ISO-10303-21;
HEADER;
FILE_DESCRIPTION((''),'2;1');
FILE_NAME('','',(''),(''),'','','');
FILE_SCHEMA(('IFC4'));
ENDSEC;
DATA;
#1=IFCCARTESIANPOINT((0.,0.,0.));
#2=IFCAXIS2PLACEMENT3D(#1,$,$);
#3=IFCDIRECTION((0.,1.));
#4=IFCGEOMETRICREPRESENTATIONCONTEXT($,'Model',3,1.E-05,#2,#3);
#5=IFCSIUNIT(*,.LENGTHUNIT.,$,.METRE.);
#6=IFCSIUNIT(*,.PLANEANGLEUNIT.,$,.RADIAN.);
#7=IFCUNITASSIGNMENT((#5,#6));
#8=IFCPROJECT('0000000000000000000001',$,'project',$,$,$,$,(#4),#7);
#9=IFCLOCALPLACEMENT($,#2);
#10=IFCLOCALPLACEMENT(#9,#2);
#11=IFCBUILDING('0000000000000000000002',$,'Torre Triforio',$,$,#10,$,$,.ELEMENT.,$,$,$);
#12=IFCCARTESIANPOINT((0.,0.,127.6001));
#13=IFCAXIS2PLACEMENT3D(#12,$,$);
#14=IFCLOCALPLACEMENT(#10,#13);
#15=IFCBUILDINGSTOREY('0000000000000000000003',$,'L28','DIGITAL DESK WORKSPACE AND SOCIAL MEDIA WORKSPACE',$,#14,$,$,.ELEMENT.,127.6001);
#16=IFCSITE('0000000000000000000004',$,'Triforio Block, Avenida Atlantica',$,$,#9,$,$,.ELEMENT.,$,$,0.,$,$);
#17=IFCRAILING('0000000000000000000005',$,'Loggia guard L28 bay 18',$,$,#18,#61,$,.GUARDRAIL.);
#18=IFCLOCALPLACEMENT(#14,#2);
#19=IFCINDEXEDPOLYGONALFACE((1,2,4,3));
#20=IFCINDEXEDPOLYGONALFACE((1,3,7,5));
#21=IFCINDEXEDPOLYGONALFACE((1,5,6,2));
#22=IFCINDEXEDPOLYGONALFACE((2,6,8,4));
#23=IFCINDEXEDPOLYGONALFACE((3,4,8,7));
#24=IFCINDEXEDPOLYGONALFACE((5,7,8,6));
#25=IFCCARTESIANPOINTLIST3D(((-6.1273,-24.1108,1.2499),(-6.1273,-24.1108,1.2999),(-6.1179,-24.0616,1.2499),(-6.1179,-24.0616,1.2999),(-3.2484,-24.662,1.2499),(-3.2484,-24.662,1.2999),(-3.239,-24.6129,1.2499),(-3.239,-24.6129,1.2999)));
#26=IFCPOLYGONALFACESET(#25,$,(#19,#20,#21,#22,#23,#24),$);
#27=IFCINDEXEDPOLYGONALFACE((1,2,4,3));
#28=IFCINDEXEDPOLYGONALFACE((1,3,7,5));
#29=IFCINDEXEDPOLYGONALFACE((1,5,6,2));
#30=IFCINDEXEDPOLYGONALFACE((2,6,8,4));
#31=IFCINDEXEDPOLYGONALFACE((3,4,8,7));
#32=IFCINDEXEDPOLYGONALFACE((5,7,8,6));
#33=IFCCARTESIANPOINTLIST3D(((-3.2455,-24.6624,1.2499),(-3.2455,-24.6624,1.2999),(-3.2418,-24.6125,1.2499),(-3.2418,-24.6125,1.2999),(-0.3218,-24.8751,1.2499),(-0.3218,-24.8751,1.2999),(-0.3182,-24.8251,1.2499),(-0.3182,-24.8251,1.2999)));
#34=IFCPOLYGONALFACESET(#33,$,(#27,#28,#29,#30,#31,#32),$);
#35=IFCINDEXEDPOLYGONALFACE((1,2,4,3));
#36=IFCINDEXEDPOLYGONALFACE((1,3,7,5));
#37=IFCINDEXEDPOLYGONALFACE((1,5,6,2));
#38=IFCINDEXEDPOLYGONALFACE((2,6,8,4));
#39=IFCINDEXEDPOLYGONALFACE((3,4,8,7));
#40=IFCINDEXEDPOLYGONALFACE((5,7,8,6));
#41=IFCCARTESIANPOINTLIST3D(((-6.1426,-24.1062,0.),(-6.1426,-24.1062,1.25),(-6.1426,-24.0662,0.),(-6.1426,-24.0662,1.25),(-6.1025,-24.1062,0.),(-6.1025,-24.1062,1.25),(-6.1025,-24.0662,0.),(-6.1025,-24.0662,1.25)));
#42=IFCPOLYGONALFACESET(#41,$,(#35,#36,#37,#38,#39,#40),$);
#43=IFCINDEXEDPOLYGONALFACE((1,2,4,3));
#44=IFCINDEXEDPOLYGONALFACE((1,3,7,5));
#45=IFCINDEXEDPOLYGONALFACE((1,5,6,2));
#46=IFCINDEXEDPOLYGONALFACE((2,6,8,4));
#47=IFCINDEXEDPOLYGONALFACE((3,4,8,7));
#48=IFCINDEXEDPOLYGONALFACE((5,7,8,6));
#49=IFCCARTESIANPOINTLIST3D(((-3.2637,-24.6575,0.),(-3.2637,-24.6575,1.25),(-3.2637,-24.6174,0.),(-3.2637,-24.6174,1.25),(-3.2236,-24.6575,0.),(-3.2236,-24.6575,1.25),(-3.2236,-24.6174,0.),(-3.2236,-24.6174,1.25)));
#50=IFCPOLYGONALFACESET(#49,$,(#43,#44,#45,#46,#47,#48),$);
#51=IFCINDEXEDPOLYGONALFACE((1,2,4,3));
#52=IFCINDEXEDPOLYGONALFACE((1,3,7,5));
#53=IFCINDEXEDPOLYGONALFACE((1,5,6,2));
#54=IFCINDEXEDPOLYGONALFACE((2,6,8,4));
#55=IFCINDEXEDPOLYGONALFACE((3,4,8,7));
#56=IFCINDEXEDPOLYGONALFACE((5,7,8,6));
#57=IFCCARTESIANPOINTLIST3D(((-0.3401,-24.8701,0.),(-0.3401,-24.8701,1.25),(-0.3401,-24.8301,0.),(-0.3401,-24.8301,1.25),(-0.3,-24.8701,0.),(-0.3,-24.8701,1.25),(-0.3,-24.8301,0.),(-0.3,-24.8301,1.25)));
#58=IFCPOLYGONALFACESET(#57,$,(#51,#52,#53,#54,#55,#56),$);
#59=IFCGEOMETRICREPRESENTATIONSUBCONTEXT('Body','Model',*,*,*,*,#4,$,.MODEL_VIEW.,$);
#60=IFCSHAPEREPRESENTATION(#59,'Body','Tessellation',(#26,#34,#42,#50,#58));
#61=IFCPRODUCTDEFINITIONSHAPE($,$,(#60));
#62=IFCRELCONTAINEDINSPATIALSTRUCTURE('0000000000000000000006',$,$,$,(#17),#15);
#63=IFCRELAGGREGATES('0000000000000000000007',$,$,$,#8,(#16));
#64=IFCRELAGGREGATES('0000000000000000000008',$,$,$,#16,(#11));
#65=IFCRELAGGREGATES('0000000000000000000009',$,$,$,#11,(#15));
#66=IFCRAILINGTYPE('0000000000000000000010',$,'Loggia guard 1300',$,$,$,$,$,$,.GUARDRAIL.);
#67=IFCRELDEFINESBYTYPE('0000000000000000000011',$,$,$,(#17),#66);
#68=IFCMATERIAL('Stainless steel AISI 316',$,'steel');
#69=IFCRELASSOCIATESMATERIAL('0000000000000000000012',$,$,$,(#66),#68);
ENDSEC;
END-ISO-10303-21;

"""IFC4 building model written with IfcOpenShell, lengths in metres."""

from ifc_helpers import new_model, si_unit, direction, frame, origin, origin_2d, place, context, subcontext, project, spatial, rectangle, extrude, material, type_object, element, save


model = new_model("IFC4")

# Units and contexts
model_context = context("Model", 3, precision=1e-05, world=origin(), true_north=direction((0.0, 1.0)))
body_context = subcontext(model_context, "Body", "Model", "MODEL_VIEW")
ifc_project = project(units=[si_unit("LENGTHUNIT", "METRE"), si_unit("PLANEANGLEUNIT", "RADIAN")], contexts=[model_context])

# Site, building, storey
site_placement = place(None, origin())
site = spatial("IfcSite", under=ifc_project, at=site_placement, Name="Triforio Block, Avenida Atlantica", CompositionType="ELEMENT", RefElevation=0.0)
building_placement = place(site_placement, origin())
building = spatial("IfcBuilding", under=site, at=building_placement, Name="Torre Triforio", CompositionType="ELEMENT")
storey_placement = place(building_placement, frame((0.0, 0.0, 127.6001)))
storey = spatial("IfcBuildingStorey", under=building, at=storey_placement, Name="L28", Description="DIGITAL DESK WORKSPACE AND SOCIAL MEDIA WORKSPACE", CompositionType="ELEMENT", Elevation=127.6001)

# Railing
ifc_material_1 = material(Name="Stainless steel AISI 316", Category="steel")
railing_type = type_object("IfcRailingType", Name="Loggia guard 1300", PredefinedType="GUARDRAIL", material=ifc_material_1)
railing_placement = place(storey_placement, frame((-6.1226, -24.0862, 0.0)))
element("IfcRailing", 1, at=railing_placement, inside=storey, type_object=railing_type, Name="Loggia guard L28 bay 18", PredefinedType="GUARDRAIL", context=body_context, shape_type="SweptSolid", body=[
    extrude(rectangle(XDim=0.05, YDim=0.05, at=origin_2d()), frame((0.0, 0.0, 1.2749), z_axis=(0.982156, -0.188069, 0.0), x_axis=(0.188069, 0.982156, 0.0)), (0.0, 0.0, 1.0), 2.9312),
    extrude(rectangle(XDim=0.05, YDim=0.05, at=origin_2d()), frame((2.8789, -0.5513, 1.2749), z_axis=(0.997365, -0.072543, 0.0), x_axis=(0.072543, 0.997365, 0.0)), (0.0, 0.0, 1.0), 2.9314),
    extrude(rectangle(XDim=0.04, YDim=0.04, at=origin_2d()), origin(), (0.0, 0.0, 1.0), 1.25),
    extrude(rectangle(XDim=0.04, YDim=0.04, at=origin_2d()), frame((2.8789, -0.5513, 0.0)), (0.0, 0.0, 1.0), 1.25),
    extrude(rectangle(XDim=0.04, YDim=0.04, at=origin_2d()), frame((5.8025, -0.7639, 0.0)), (0.0, 0.0, 1.0), 1.25),
])

save(model, "model.ifc")
